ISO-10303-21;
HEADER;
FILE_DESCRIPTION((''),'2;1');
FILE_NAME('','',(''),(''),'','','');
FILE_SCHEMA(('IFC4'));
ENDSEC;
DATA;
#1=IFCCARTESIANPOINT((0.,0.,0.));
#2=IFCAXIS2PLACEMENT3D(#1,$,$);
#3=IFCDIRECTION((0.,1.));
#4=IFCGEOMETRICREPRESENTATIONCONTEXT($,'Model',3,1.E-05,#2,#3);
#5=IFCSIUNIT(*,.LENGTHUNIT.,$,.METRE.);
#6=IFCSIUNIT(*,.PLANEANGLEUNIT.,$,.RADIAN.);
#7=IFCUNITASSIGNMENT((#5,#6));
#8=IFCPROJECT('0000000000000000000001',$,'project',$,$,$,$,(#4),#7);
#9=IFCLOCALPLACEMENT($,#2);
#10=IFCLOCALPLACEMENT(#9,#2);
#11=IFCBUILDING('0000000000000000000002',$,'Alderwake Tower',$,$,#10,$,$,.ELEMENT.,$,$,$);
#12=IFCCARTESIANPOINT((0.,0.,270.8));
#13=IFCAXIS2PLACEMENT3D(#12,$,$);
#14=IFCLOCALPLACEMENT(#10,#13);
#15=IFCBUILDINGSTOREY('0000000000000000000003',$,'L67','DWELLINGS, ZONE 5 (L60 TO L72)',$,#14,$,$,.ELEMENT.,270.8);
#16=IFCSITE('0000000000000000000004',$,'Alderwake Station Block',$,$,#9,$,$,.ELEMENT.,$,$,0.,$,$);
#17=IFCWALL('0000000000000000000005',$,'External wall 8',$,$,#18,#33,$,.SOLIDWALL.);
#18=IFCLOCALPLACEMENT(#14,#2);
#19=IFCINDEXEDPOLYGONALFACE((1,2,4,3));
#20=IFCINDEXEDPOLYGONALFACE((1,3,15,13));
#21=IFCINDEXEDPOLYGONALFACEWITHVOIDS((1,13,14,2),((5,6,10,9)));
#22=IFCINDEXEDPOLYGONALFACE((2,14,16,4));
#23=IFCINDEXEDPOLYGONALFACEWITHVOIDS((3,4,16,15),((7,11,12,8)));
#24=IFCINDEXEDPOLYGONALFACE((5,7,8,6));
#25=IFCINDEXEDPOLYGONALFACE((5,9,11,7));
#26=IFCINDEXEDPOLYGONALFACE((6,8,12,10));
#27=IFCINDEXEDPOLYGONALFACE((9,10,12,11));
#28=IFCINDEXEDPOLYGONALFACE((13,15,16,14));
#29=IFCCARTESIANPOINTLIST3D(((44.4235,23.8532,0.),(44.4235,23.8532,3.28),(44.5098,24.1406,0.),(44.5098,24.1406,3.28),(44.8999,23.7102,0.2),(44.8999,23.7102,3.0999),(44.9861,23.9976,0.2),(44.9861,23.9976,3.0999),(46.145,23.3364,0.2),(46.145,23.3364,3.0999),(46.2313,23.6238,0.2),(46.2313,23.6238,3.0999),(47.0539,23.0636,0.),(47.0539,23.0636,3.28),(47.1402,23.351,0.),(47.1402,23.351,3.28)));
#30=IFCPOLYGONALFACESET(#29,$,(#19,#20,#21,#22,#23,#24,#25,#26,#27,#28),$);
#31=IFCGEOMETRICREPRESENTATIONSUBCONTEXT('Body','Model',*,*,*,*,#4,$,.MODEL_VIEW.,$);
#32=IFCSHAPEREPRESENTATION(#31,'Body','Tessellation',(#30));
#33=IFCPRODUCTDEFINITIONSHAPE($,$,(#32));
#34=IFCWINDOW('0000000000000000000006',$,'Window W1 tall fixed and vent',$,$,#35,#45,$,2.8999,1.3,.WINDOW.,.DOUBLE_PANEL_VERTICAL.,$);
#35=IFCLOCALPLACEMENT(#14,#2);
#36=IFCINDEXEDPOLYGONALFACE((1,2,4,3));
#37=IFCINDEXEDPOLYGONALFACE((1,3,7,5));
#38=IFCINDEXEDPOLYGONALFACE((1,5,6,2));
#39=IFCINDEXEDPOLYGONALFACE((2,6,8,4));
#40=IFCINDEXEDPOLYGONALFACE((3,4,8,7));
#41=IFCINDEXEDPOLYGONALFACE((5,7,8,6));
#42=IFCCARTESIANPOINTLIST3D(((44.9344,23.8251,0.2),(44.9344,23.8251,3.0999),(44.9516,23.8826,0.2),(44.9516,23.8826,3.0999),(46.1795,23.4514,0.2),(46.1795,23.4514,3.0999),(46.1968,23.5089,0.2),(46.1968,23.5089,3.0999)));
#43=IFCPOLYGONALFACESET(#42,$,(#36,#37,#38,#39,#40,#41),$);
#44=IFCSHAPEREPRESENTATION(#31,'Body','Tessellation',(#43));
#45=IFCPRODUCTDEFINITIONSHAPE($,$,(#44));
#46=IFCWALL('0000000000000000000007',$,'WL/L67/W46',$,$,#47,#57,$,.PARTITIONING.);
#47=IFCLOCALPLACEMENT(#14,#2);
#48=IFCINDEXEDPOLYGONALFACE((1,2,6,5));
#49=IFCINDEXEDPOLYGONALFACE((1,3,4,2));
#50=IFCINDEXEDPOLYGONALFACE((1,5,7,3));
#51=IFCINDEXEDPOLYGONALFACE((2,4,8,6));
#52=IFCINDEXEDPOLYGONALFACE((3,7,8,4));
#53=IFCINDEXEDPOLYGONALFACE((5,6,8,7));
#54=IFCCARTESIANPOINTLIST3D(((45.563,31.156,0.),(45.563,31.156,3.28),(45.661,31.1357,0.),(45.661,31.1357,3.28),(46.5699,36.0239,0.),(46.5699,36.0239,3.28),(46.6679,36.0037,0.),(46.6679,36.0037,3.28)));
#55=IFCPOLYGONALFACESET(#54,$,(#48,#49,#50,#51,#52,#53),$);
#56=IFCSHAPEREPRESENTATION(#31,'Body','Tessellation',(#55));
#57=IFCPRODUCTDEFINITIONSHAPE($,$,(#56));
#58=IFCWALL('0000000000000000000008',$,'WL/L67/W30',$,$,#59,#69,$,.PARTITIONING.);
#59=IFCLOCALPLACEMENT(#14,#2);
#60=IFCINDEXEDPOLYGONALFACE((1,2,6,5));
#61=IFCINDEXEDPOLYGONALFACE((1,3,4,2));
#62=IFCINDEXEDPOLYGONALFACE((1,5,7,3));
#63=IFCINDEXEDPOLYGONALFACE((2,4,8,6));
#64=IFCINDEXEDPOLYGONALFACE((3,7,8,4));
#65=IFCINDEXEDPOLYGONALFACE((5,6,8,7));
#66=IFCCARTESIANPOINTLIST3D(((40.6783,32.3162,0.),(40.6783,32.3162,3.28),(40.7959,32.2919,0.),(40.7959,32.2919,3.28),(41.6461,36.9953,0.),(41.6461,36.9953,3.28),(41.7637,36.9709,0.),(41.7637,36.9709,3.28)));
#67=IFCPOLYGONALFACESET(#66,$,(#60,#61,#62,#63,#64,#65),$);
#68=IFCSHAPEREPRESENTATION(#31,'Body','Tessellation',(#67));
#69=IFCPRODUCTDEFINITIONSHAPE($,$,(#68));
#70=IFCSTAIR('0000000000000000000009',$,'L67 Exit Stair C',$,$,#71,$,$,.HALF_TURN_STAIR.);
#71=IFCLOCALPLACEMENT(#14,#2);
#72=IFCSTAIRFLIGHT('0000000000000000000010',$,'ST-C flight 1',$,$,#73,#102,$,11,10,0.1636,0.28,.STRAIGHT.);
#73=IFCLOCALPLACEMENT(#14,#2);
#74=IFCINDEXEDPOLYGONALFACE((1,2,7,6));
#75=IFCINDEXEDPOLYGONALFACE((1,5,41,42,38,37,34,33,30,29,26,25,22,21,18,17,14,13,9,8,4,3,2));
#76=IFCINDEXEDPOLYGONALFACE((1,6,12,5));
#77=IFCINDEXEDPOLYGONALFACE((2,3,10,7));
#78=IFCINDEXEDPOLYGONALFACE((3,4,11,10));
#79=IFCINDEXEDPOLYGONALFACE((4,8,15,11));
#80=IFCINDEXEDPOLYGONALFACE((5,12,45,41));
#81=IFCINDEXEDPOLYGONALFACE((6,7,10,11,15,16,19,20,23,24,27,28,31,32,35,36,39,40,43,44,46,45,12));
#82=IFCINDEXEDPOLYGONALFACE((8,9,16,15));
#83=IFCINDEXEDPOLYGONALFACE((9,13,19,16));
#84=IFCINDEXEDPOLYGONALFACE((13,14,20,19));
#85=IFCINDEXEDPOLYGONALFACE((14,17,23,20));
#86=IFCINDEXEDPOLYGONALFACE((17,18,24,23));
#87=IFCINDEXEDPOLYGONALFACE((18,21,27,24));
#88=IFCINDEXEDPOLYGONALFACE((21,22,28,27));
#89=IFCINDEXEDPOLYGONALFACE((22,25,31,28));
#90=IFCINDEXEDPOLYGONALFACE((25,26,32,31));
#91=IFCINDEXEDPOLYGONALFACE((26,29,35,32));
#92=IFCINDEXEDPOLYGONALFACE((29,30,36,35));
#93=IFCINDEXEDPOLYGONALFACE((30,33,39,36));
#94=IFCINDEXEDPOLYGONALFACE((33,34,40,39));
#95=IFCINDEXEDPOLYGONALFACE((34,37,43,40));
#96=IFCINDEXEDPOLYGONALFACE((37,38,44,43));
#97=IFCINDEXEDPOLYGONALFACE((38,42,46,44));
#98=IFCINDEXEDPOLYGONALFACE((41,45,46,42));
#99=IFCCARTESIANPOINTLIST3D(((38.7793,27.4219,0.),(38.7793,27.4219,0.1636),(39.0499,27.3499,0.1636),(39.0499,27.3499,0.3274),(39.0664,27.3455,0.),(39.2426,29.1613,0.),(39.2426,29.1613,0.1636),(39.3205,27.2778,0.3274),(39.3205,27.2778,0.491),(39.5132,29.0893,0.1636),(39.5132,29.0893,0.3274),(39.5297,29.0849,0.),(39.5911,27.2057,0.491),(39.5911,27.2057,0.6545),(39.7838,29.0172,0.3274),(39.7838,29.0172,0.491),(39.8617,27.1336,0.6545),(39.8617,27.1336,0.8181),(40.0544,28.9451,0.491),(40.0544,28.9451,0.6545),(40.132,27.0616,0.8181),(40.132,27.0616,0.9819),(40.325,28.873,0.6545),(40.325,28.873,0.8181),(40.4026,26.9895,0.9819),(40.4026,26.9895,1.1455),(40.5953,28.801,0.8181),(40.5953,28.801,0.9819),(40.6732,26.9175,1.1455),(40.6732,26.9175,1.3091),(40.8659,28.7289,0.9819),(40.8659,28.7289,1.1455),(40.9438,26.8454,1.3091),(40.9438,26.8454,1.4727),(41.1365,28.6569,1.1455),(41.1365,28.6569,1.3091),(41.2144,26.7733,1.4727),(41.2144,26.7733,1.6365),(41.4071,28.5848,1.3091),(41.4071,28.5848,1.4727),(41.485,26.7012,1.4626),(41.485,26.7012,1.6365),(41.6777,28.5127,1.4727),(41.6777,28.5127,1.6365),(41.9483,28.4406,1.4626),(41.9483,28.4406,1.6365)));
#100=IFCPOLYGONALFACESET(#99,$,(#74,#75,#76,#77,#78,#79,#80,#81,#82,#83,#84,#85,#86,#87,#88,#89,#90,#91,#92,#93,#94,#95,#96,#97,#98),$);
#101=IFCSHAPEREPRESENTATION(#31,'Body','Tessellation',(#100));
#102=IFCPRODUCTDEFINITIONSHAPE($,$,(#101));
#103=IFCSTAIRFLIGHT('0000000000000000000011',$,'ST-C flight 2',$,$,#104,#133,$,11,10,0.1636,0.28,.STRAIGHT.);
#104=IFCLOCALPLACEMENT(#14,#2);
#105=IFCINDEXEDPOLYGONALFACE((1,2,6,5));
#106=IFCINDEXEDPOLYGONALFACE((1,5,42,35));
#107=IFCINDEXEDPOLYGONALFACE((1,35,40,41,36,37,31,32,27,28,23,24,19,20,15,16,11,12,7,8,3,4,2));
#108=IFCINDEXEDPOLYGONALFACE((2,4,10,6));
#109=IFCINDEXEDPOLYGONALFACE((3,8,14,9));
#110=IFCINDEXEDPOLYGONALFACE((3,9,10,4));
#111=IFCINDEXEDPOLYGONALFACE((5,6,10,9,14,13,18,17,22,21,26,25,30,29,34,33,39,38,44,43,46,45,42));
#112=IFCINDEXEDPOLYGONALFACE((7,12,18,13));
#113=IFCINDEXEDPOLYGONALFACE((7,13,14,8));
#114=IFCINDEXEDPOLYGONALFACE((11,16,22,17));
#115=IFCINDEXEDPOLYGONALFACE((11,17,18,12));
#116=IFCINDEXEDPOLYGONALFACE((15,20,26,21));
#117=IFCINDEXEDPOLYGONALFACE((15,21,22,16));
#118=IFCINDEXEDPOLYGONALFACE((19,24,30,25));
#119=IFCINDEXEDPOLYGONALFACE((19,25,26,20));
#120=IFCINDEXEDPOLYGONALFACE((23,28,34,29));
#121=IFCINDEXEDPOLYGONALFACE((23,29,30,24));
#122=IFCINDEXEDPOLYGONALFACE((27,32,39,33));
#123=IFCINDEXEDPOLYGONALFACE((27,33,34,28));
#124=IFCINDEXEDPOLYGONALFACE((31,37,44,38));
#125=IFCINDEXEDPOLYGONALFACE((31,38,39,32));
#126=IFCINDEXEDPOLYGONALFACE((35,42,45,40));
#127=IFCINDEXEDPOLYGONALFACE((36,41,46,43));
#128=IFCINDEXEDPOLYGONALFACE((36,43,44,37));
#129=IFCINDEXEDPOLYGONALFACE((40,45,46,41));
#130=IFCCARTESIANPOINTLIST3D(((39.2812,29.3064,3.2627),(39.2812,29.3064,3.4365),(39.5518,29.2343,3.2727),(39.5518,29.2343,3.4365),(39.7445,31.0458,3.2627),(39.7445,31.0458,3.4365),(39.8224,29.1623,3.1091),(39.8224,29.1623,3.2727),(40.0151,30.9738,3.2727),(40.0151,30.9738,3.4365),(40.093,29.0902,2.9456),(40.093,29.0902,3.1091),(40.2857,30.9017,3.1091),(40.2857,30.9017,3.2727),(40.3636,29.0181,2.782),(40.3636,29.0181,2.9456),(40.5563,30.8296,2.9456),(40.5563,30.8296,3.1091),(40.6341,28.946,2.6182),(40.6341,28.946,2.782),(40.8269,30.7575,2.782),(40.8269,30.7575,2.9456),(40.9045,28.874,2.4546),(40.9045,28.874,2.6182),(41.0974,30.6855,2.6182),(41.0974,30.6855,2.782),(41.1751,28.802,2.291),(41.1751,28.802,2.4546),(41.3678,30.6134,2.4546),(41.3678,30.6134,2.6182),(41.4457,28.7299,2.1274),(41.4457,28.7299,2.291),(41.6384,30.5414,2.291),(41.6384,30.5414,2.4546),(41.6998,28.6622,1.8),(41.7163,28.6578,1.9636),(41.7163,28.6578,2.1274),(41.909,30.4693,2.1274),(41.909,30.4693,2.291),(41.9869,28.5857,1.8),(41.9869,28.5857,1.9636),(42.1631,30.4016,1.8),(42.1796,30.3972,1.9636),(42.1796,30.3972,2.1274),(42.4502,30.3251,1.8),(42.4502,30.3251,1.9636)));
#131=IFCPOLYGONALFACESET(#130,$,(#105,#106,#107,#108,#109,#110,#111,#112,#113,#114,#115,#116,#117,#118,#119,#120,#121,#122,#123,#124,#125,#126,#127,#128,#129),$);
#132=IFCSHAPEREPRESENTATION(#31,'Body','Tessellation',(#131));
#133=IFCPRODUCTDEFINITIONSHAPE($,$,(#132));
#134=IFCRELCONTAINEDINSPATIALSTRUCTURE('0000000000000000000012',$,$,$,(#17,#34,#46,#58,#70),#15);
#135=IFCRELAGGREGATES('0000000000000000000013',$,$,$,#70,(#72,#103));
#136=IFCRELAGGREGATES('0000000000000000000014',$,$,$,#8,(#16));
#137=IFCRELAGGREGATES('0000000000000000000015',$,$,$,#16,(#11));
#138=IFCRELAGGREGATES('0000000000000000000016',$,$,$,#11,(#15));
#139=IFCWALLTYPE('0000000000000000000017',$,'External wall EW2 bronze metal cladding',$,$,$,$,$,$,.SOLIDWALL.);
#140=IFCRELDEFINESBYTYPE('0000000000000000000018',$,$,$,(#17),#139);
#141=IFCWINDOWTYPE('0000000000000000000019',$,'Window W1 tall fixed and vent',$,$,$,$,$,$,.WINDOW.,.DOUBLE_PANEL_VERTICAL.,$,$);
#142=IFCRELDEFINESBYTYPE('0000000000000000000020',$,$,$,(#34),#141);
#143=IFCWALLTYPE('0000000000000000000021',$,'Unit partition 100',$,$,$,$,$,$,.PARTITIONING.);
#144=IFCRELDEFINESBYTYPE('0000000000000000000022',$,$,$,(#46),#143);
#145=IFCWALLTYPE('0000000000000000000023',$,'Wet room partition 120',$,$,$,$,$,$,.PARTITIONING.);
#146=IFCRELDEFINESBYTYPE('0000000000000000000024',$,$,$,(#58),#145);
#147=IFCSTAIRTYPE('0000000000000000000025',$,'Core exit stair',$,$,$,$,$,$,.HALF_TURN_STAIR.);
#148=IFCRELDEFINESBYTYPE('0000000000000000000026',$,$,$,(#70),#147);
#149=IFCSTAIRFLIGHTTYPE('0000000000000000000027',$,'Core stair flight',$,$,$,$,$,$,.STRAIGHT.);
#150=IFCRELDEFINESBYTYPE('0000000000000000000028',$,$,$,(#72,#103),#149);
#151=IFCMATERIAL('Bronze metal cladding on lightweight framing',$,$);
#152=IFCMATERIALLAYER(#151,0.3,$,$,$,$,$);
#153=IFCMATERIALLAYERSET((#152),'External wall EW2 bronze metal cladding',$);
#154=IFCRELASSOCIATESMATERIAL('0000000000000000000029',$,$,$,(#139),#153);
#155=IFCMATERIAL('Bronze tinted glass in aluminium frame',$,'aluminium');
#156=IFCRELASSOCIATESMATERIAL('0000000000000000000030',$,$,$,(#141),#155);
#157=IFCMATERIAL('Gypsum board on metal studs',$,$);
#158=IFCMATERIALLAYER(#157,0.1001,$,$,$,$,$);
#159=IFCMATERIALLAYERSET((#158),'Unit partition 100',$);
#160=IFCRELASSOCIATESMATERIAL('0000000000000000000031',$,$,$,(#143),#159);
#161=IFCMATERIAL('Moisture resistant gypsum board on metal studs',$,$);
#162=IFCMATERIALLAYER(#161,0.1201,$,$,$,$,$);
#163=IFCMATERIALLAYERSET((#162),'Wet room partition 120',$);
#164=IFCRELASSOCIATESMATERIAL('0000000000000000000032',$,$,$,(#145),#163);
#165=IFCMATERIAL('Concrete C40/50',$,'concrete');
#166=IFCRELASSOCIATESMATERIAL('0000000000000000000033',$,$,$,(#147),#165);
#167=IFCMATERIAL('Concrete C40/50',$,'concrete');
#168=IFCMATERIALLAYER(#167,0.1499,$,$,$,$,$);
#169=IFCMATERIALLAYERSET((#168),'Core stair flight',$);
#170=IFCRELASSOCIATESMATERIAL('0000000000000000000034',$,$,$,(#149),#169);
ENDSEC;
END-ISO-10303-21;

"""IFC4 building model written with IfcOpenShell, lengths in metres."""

from ifc_helpers import new_model, si_unit, direction, frame, frame_2d, origin, place, context, subcontext, project, spatial, polyline, rectangle, outline, extrude, material, layer, layer_set, type_object, element, fill, aggregate, save


model = new_model("IFC4")

# Units and contexts
model_context = context("Model", 3, precision=1e-05, world=origin(), true_north=direction((0.0, 1.0)))
body_context = subcontext(model_context, "Body", "Model", "MODEL_VIEW")
ifc_project = project(units=[si_unit("LENGTHUNIT", "METRE"), si_unit("PLANEANGLEUNIT", "RADIAN")], contexts=[model_context])

# Site, building, storey
site_placement = place(None, origin())
site = spatial("IfcSite", under=ifc_project, at=site_placement, Name="Alderwake Station Block", CompositionType="ELEMENT", RefElevation=0.0)
building_placement = place(site_placement, origin())
building = spatial("IfcBuilding", under=site, at=building_placement, Name="Alderwake Tower", CompositionType="ELEMENT")
storey_placement = place(building_placement, frame((0.0, 0.0, 270.8)))
storey = spatial("IfcBuildingStorey", under=building, at=storey_placement, Name="L67", Description="DWELLINGS, ZONE 5 (L60 TO L72)", CompositionType="ELEMENT", Elevation=270.8)

# Shared definitions
ifc_material_1 = material(Name="Bronze metal cladding on lightweight framing")
ifc_layer_1 = layer(ifc_material_1, 0.3)
ifc_layer_set_1 = layer_set([ifc_layer_1], Name="External wall EW2 bronze metal cladding")
wall_type_1 = type_object("IfcWallType", Name="External wall EW2 bronze metal cladding", PredefinedType="SOLIDWALL", material=ifc_layer_set_1)
ifc_material_2 = material(Name="Bronze tinted glass in aluminium frame", Category="aluminium")
window_type = type_object("IfcWindowType", Name="Window W1 tall fixed and vent", PartitioningType="DOUBLE_PANEL_VERTICAL", PredefinedType="WINDOW", material=ifc_material_2)

# Wall, opening, window
wall_1_placement = place(storey_placement, frame((44.4668, 23.9968, 0.0), z_axis=(0.0, 0.0, 1.0), x_axis=(0.957782, -0.287495, 0.0)))
wall_1 = element("IfcWall", 1, at=wall_1_placement, inside=storey, type_object=wall_type_1, Name="External wall 8", PredefinedType="SOLIDWALL", context=body_context, shape_type="SweptSolid", body=[
    extrude(rectangle(XDim=2.7463, YDim=0.3, at=frame_2d((1.373, 0.0))), origin(), (0.0, 0.0, 1.0), 3.28),
])
opening_1_placement = place(wall_1_placement, frame((0.4973, 0.0, 0.2)))
opening_1 = element("IfcOpeningElement", 2, at=opening_1_placement, cuts=wall_1, PredefinedType="OPENING", context=body_context, shape_type="SweptSolid", body=[
    extrude(rectangle(XDim=1.3, YDim=2.8999, at=frame_2d((0.6499, 1.45))), frame((0.0, 0.1599, 0.0), z_axis=(0.0, -1.0, 0.0), x_axis=(1.0, 0.0, 0.0)), (0.0, 0.0, 1.0), 0.3201),
])
window_1_placement = place(opening_1_placement, origin())
window_1 = element("IfcWindow", 3, at=window_1_placement, inside=storey, type_object=window_type, Name="Window W1 tall fixed and vent", OverallHeight=2.8999, OverallWidth=1.3, PartitioningType="DOUBLE_PANEL_VERTICAL", PredefinedType="WINDOW", context=body_context, shape_type="SweptSolid", body=[
    extrude(rectangle(XDim=1.3, YDim=2.8999, at=frame_2d((0.6499, 1.45))), frame((0.0, 0.03, 0.0), z_axis=(0.0, -1.0, 0.0), x_axis=(1.0, 0.0, 0.0)), (0.0, 0.0, 1.0), 0.0601),
])
fill(opening_1, window_1)

# Walls
ifc_material_3 = material(Name="Gypsum board on metal studs")
ifc_layer_2 = layer(ifc_material_3, 0.1001)
ifc_layer_set_2 = layer_set([ifc_layer_2], Name="Unit partition 100")
wall_type_2 = type_object("IfcWallType", Name="Unit partition 100", PredefinedType="PARTITIONING", material=ifc_layer_set_2)
wall_2_placement = place(storey_placement, frame((45.6121, 31.146, 0.0), z_axis=(0.0, 0.0, 1.0), x_axis=(0.202544, 0.979273, 0.0)))
element("IfcWall", 4, at=wall_2_placement, inside=storey, type_object=wall_type_2, Name="WL/L67/W46", PredefinedType="PARTITIONING", context=body_context, shape_type="SweptSolid", body=[
    extrude(rectangle(XDim=4.9709, YDim=0.1001, at=frame_2d((2.4854, 0.0))), origin(), (0.0, 0.0, 1.0), 3.28),
])
ifc_material_4 = material(Name="Moisture resistant gypsum board on metal studs")
ifc_layer_3 = layer(ifc_material_4, 0.1201)
ifc_layer_set_3 = layer_set([ifc_layer_3], Name="Wet room partition 120")
wall_type_3 = type_object("IfcWallType", Name="Wet room partition 120", PredefinedType="PARTITIONING", material=ifc_layer_set_3)
wall_3_placement = place(storey_placement, frame((40.7371, 32.304, 0.0), z_axis=(0.0, 0.0, 1.0), x_axis=(0.202548, 0.979272, 0.0)))
element("IfcWall", 5, at=wall_3_placement, inside=storey, type_object=wall_type_3, Name="WL/L67/W30", PredefinedType="PARTITIONING", context=body_context, shape_type="SweptSolid", body=[
    extrude(rectangle(XDim=4.7781, YDim=0.1201, at=frame_2d((2.3892, 0.0))), origin(), (0.0, 0.0, 1.0), 3.28),
])

# Stair, stair flights
ifc_material_5 = material(Name="Concrete C40/50", Category="concrete")
stair_type = type_object("IfcStairType", Name="Core exit stair", PredefinedType="HALF_TURN_STAIR", material=ifc_material_5)
stair_placement = place(storey_placement, origin())
stair = element("IfcStair", 6, at=stair_placement, inside=storey, type_object=stair_type, Name="L67 Exit Stair C", PredefinedType="HALF_TURN_STAIR")
ifc_material_6 = material(Name="Concrete C40/50", Category="concrete")
ifc_layer_4 = layer(ifc_material_6, 0.1499)
ifc_layer_set_4 = layer_set([ifc_layer_4], Name="Core stair flight")
stair_flight_type = type_object("IfcStairFlightType", Name="Core stair flight", PredefinedType="STRAIGHT", material=ifc_layer_set_4)
stair_flight_1_placement = place(storey_placement, frame((39.011, 28.2917, 0.0), z_axis=(0.0, 0.0, 1.0), x_axis=(0.96631, -0.257382, 0.0)))
stair_flight_1 = element("IfcStairFlight", 7, at=stair_flight_1_placement, type_object=stair_flight_type, Name="ST-C flight 1", NumberOfRisers=11, NumberOfTreads=10, PredefinedType="STRAIGHT", RiserHeight=0.1636, TreadLength=0.28, context=body_context, shape_type="SweptSolid", body=[
    extrude(outline(polyline([(0.0, 0.0), (0.0, 0.1636), (0.28, 0.1636), (0.28, 0.3274), (0.5601, 0.3274), (0.5601, 0.491), (0.8401, 0.491), (0.8401, 0.6545), (1.1201, 0.6545), (1.1201, 0.8181), (1.3999, 0.8181), (1.3999, 0.9819), (1.6799, 0.9819), (1.6799, 1.1455), (1.96, 1.1455), (1.96, 1.3091), (2.24, 1.3091), (2.24, 1.4727), (2.52, 1.4727), (2.52, 1.6365), (2.8, 1.6365), (2.8, 1.8), (2.8, 1.4626), (0.2971, 0.0), (0.0, 0.0)])), frame((0.0, 0.8999, 0.0), z_axis=(0.0, -1.0, 0.0), x_axis=(1.0, 0.0, 0.0)), (0.0, 0.0, 1.0), 1.8),
])
stair_flight_2_placement = place(storey_placement, frame((42.2185, 29.4553, 1.8), z_axis=(0.0, 0.0, 1.0), x_axis=(-0.96631, 0.257382, 0.0)))
stair_flight_2 = element("IfcStairFlight", 8, at=stair_flight_2_placement, type_object=stair_flight_type, Name="ST-C flight 2", NumberOfRisers=11, NumberOfTreads=10, PredefinedType="STRAIGHT", RiserHeight=0.1636, TreadLength=0.28, context=body_context, shape_type="SweptSolid", body=[
    extrude(outline(polyline([(0.0, 0.0), (0.0, 0.1636), (0.28, 0.1636), (0.28, 0.3274), (0.5601, 0.3274), (0.5601, 0.491), (0.8401, 0.491), (0.8401, 0.6545), (1.1201, 0.6545), (1.1201, 0.8181), (1.3999, 0.8181), (1.3999, 0.9819), (1.6799, 0.9819), (1.6799, 1.1455), (1.96, 1.1455), (1.96, 1.3091), (2.24, 1.3091), (2.24, 1.4727), (2.52, 1.4727), (2.52, 1.6365), (2.8, 1.6365), (2.8, 1.8), (2.8, 1.4626), (0.2971, 0.0), (0.0, 0.0)])), frame((0.0, 0.8999, 0.0), z_axis=(0.0, -1.0, 0.0), x_axis=(1.0, 0.0, 0.0)), (0.0, 0.0, 1.0), 1.8),
])
aggregate(stair, [stair_flight_1, stair_flight_2])

save(model, "model.ifc")
